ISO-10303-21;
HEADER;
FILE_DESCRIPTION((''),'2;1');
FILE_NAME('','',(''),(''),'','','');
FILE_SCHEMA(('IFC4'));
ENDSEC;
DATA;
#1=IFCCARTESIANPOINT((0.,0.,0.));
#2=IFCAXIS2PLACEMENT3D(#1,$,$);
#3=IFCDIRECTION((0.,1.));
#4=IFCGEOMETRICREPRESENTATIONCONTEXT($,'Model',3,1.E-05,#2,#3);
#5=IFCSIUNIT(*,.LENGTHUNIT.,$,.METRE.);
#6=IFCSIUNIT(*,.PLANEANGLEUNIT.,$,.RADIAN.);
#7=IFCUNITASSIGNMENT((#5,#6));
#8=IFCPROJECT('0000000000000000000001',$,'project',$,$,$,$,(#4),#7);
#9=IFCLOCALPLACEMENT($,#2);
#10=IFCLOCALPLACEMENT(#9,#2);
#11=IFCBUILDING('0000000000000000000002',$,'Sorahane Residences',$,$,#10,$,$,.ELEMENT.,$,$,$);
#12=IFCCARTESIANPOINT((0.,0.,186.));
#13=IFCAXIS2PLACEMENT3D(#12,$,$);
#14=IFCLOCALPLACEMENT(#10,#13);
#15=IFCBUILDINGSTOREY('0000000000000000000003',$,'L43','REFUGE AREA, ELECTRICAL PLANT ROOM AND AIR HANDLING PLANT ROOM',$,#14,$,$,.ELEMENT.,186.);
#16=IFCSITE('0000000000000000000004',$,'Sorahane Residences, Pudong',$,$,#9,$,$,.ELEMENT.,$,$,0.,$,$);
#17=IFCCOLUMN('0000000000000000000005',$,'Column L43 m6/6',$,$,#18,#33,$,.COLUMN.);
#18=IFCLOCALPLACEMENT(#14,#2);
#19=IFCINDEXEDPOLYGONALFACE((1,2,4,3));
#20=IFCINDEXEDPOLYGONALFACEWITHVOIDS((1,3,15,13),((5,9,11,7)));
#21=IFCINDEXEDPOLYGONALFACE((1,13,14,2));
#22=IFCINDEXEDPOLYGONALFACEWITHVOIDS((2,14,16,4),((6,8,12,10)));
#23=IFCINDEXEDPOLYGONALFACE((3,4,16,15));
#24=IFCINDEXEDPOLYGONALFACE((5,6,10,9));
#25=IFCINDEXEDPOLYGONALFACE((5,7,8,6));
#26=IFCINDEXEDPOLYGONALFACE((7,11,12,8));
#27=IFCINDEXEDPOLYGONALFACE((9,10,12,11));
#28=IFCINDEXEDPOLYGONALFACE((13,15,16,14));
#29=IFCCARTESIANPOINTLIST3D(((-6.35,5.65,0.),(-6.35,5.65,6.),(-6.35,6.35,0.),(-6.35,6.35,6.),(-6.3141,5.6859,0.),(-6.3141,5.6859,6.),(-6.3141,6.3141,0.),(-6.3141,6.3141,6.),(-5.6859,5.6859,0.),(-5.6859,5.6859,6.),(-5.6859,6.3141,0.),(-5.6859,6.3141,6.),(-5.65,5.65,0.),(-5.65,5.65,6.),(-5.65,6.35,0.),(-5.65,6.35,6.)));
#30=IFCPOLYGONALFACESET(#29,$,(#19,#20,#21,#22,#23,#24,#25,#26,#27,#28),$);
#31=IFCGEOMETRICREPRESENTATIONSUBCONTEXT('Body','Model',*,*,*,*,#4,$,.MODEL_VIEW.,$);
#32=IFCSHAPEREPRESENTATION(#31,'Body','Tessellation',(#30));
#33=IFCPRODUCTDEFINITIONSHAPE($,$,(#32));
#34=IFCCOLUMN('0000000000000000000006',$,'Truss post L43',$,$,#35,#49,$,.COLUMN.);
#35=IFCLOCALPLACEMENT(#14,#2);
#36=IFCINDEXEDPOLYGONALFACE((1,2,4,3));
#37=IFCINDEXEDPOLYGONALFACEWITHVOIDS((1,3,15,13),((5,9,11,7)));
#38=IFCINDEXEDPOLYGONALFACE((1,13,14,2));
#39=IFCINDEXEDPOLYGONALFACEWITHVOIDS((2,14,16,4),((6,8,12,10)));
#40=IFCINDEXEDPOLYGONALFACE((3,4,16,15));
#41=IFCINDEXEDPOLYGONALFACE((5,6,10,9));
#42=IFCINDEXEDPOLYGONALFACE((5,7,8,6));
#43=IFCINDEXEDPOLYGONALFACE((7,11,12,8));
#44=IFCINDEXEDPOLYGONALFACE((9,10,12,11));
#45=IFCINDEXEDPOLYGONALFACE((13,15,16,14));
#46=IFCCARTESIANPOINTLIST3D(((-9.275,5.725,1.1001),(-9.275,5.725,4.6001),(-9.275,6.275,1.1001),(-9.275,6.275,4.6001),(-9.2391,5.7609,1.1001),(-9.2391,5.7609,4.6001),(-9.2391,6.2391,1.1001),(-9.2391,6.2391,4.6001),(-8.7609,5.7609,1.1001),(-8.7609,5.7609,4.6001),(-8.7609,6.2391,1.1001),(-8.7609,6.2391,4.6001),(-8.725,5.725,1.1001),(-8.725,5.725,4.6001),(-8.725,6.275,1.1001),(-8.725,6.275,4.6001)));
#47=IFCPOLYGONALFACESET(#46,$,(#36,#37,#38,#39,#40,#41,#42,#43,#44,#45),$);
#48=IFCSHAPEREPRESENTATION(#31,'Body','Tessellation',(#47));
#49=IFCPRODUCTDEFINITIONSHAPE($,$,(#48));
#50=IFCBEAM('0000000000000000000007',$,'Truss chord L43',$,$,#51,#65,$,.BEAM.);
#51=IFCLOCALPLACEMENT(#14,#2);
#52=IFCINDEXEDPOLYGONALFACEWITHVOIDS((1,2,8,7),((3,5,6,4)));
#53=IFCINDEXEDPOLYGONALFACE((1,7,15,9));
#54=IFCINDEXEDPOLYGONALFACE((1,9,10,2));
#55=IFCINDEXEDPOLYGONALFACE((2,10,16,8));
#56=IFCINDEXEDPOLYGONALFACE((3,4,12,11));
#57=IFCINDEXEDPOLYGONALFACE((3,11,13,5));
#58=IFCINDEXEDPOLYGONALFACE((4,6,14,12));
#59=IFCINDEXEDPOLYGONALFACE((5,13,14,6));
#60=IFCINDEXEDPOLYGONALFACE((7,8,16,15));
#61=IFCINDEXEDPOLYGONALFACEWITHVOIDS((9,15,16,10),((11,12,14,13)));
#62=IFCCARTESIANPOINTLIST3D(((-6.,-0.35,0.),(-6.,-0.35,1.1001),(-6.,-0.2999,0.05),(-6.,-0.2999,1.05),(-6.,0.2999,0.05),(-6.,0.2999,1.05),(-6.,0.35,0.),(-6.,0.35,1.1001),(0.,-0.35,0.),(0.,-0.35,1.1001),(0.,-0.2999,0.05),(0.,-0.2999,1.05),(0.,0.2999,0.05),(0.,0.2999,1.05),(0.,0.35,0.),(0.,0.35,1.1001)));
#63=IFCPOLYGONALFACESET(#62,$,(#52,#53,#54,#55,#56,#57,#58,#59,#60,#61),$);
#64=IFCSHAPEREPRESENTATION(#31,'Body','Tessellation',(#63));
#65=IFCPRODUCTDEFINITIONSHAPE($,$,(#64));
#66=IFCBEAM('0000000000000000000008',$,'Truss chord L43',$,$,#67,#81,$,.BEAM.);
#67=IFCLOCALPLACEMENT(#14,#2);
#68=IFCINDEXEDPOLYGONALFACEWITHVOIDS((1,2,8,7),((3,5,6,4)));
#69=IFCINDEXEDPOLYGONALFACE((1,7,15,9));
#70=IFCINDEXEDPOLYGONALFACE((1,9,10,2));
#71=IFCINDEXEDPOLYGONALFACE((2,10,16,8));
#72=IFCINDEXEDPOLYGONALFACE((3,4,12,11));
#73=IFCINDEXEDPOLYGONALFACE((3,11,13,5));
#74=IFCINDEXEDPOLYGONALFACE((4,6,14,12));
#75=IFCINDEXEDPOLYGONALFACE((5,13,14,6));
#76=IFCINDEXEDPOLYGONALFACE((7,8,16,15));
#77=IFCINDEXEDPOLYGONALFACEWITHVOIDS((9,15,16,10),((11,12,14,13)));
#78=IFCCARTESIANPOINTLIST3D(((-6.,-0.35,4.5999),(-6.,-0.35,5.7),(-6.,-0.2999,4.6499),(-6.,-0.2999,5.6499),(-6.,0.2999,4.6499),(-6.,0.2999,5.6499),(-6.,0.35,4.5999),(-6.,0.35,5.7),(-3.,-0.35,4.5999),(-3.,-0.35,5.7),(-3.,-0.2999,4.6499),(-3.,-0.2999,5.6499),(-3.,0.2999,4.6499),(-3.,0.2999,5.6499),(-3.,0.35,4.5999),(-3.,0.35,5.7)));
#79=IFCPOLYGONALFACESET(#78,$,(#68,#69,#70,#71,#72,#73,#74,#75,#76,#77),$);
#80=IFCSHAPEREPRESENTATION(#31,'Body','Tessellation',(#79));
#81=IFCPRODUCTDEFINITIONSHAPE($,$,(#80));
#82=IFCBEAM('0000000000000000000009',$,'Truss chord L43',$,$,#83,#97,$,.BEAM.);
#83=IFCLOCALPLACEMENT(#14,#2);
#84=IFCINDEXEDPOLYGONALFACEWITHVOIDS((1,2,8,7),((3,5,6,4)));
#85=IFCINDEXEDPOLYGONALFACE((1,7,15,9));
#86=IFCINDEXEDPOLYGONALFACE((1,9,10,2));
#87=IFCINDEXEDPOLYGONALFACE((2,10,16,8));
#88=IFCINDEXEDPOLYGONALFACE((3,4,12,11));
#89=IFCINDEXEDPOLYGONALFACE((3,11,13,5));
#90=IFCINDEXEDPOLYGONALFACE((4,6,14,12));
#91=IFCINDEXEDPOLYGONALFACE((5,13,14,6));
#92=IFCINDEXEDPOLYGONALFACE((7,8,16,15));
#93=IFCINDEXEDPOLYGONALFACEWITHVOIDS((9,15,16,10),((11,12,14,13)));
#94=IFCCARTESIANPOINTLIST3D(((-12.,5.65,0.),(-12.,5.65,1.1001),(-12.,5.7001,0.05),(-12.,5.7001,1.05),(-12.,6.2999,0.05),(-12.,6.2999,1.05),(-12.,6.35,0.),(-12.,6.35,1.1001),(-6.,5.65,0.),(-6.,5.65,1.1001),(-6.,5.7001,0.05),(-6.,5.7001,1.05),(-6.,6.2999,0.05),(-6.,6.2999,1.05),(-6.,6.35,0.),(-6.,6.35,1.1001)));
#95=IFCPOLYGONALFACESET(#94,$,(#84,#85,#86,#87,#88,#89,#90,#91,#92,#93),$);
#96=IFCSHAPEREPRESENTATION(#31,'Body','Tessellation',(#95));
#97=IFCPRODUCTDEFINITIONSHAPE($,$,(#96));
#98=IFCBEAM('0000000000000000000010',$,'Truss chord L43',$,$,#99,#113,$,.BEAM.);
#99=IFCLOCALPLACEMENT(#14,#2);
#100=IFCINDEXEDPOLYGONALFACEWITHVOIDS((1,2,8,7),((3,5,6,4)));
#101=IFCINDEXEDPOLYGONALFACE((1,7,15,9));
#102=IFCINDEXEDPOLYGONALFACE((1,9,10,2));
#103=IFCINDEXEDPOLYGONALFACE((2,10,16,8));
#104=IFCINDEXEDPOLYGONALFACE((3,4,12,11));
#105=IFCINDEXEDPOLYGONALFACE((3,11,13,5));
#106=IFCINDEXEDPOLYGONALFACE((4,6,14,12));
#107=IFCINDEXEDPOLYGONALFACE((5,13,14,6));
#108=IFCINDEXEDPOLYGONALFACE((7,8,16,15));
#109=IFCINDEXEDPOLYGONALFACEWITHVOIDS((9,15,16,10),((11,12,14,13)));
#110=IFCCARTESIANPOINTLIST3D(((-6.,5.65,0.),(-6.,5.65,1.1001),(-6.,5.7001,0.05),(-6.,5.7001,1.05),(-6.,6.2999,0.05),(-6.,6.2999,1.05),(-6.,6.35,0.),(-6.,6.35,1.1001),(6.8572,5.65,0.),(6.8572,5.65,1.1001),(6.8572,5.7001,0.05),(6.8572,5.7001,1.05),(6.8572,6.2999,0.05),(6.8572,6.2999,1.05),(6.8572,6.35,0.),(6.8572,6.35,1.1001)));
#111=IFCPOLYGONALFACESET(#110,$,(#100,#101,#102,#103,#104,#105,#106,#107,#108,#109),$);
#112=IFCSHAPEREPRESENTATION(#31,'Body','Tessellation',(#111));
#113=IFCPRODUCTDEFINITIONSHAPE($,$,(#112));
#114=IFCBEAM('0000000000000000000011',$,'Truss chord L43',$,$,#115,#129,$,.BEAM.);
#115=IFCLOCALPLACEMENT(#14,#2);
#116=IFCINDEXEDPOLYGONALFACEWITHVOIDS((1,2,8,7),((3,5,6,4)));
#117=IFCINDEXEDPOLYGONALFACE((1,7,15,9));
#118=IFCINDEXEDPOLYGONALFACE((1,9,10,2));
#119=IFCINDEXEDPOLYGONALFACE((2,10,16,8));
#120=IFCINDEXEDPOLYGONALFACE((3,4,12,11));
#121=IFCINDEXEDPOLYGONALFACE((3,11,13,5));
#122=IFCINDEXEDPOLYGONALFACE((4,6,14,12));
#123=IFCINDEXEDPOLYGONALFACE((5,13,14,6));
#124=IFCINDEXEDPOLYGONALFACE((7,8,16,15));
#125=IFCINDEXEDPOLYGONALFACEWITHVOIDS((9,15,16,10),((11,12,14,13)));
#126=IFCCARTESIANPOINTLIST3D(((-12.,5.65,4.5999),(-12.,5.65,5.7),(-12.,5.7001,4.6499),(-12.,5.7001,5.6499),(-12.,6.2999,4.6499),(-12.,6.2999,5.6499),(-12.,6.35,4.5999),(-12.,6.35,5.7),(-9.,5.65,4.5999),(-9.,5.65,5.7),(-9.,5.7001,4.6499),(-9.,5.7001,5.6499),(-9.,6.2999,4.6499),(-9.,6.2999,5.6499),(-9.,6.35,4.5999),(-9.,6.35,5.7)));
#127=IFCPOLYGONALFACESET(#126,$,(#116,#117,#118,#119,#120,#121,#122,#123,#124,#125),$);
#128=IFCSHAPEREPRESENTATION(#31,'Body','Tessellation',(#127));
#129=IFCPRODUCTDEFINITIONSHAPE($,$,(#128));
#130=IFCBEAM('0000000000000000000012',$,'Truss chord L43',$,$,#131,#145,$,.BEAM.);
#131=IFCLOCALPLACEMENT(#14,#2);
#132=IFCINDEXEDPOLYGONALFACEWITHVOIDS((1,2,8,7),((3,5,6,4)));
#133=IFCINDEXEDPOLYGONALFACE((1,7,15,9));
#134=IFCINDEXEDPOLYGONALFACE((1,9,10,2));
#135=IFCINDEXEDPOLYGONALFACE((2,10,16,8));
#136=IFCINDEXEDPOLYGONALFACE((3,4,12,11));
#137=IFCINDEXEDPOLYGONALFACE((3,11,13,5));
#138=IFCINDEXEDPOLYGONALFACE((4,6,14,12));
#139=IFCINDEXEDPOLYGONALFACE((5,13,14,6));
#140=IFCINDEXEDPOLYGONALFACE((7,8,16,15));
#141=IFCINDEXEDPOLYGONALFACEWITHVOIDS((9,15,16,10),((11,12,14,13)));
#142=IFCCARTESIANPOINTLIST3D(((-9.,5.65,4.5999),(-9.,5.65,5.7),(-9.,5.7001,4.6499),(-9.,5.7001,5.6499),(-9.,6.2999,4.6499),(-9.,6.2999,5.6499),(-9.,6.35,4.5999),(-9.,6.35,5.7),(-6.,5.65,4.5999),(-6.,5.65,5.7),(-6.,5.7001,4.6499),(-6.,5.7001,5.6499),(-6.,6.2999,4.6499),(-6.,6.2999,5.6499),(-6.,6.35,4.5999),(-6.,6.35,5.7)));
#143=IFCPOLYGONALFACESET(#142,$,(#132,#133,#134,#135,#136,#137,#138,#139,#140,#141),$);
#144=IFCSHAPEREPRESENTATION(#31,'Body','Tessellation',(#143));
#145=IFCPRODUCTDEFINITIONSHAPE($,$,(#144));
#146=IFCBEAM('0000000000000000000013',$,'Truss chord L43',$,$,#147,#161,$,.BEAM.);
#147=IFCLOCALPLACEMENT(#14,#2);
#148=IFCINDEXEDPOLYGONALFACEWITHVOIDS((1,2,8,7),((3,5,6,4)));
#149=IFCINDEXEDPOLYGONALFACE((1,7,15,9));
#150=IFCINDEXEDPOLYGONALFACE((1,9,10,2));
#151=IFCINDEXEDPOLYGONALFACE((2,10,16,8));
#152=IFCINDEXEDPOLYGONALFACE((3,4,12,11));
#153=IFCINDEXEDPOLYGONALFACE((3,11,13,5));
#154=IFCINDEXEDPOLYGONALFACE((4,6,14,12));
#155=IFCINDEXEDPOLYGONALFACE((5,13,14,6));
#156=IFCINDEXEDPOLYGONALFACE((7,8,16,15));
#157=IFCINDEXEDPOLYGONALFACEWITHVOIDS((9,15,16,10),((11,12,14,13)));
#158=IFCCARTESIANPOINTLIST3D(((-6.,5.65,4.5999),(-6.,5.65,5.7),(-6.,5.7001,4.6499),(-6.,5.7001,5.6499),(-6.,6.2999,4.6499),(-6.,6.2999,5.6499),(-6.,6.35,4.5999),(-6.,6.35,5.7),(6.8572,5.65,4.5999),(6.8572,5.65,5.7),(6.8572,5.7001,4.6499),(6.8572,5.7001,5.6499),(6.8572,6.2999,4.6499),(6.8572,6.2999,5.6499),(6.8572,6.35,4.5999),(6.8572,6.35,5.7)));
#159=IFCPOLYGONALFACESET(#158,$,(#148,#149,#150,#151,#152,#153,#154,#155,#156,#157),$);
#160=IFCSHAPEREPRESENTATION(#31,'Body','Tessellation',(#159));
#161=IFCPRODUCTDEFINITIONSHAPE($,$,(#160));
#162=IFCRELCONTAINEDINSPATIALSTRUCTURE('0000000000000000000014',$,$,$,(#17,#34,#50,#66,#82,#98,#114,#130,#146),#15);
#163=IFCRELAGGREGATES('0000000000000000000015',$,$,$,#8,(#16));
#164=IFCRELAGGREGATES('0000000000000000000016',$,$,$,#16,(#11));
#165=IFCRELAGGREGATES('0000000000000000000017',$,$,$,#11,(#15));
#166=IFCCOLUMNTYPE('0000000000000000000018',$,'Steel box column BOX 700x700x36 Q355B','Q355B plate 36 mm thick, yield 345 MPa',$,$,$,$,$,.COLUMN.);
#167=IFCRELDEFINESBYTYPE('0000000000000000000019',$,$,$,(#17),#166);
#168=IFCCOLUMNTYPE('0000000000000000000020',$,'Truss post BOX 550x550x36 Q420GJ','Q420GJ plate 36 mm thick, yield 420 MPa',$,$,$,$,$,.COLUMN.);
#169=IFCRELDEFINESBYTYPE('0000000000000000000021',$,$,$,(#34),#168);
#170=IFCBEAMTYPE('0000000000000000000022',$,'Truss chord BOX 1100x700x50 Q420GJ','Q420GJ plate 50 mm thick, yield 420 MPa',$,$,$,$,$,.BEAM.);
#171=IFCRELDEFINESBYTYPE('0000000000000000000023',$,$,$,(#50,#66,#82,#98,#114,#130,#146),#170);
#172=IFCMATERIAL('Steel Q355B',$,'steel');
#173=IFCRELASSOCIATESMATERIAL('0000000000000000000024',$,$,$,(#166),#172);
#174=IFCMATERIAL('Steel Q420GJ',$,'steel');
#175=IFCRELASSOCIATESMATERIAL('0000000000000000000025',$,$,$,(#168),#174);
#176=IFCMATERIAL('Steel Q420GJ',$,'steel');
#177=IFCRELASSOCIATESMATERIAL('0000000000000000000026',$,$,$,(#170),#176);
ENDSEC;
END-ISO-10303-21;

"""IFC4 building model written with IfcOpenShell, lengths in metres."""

from ifc_helpers import new_model, si_unit, direction, frame, origin, origin_2d, place, context, subcontext, project, spatial, hollow_rectangle, extrude, material, material_profile, profile_set, type_object, element, save


model = new_model("IFC4")

# Units and contexts
model_context = context("Model", 3, precision=1e-05, world=origin(), true_north=direction((0.0, 1.0)))
body_context = subcontext(model_context, "Body", "Model", "MODEL_VIEW")
ifc_project = project(units=[si_unit("LENGTHUNIT", "METRE"), si_unit("PLANEANGLEUNIT", "RADIAN")], contexts=[model_context])

# Site, building, storey
site_placement = place(None, origin())
site = spatial("IfcSite", under=ifc_project, at=site_placement, Name="Sorahane Residences, Pudong", CompositionType="ELEMENT", RefElevation=0.0)
building_placement = place(site_placement, origin())
building = spatial("IfcBuilding", under=site, at=building_placement, Name="Sorahane Residences", CompositionType="ELEMENT")
storey_placement = place(building_placement, frame((0.0, 0.0, 186.0)))
storey = spatial("IfcBuildingStorey", under=building, at=storey_placement, Name="L43", Description="REFUGE AREA, ELECTRICAL PLANT ROOM AND AIR HANDLING PLANT ROOM", CompositionType="ELEMENT", Elevation=186.0)

# Columns
ifc_material_1 = material(Name="Steel Q355B", Category="steel")
ifc_material_profile_1 = material_profile(ifc_material_1, hollow_rectangle(XDim=0.7, YDim=0.7, WallThickness=0.0359, at=origin_2d()), Name="BOX 700x700x36")
ifc_profile_set_1 = profile_set([ifc_material_profile_1], Name="Steel Q355B")
column_type_1 = type_object("IfcColumnType", Name="Steel box column BOX 700x700x36 Q355B", Description="Q355B plate 36 mm thick, yield 345 MPa", PredefinedType="COLUMN", material=ifc_profile_set_1)
column_1_placement = place(storey_placement, frame((-6.0, 6.0, 0.0), z_axis=(0.0, 0.0, 1.0), x_axis=(1.0, 0.0, 0.0)))
element("IfcColumn", 1, at=column_1_placement, inside=storey, type_object=column_type_1, Name="Column L43 m6/6", PredefinedType="COLUMN", context=body_context, shape_type="SweptSolid", body=[
    extrude(hollow_rectangle(XDim=0.7, YDim=0.7, WallThickness=0.0359, at=origin_2d()), origin(), (0.0, 0.0, 1.0), 6.0),
])
ifc_material_2 = material(Name="Steel Q420GJ", Category="steel")
ifc_material_profile_2 = material_profile(ifc_material_2, hollow_rectangle(XDim=0.55, YDim=0.55, WallThickness=0.0359, at=origin_2d()), Name="BOX 550x550x36")
ifc_profile_set_2 = profile_set([ifc_material_profile_2], Name="Steel Q420GJ")
column_type_2 = type_object("IfcColumnType", Name="Truss post BOX 550x550x36 Q420GJ", Description="Q420GJ plate 36 mm thick, yield 420 MPa", PredefinedType="COLUMN", material=ifc_profile_set_2)
column_2_placement = place(storey_placement, frame((-9.0, 6.0, 1.1001), z_axis=(0.0, 0.0, 1.0), x_axis=(1.0, 0.0, 0.0)))
element("IfcColumn", 2, at=column_2_placement, inside=storey, type_object=column_type_2, Name="Truss post L43", PredefinedType="COLUMN", context=body_context, shape_type="SweptSolid", body=[
    extrude(hollow_rectangle(XDim=0.55, YDim=0.55, WallThickness=0.0359, at=origin_2d()), origin(), (0.0, 0.0, 1.0), 3.5),
])

# Beams
ifc_material_3 = material(Name="Steel Q420GJ", Category="steel")
ifc_material_profile_3 = material_profile(ifc_material_3, hollow_rectangle(XDim=0.7, YDim=1.1001, WallThickness=0.05, at=origin_2d()), Name="BOX 1100x700x50")
ifc_profile_set_3 = profile_set([ifc_material_profile_3], Name="Steel Q420GJ")
beam_type = type_object("IfcBeamType", Name="Truss chord BOX 1100x700x50 Q420GJ", Description="Q420GJ plate 50 mm thick, yield 420 MPa", PredefinedType="BEAM", material=ifc_profile_set_3)
beam_1_placement = place(storey_placement, frame((-6.0, 0.0, 0.55), z_axis=(1.0, 0.0, 0.0), x_axis=(0.0, 1.0, 0.0)))
element("IfcBeam", 3, at=beam_1_placement, inside=storey, type_object=beam_type, Name="Truss chord L43", PredefinedType="BEAM", context=body_context, shape_type="SweptSolid", body=[
    extrude(hollow_rectangle(XDim=0.7, YDim=1.1001, WallThickness=0.05, at=origin_2d()), origin(), (0.0, 0.0, 1.0), 6.0),
])
beam_2_placement = place(storey_placement, frame((-6.0, 0.0, 5.1499), z_axis=(1.0, 0.0, 0.0), x_axis=(0.0, 1.0, 0.0)))
element("IfcBeam", 4, at=beam_2_placement, inside=storey, type_object=beam_type, Name="Truss chord L43", PredefinedType="BEAM", context=body_context, shape_type="SweptSolid", body=[
    extrude(hollow_rectangle(XDim=0.7, YDim=1.1001, WallThickness=0.05, at=origin_2d()), origin(), (0.0, 0.0, 1.0), 3.0),
])
beam_3_placement = place(storey_placement, frame((-12.0, 6.0, 0.55), z_axis=(1.0, 0.0, 0.0), x_axis=(0.0, 1.0, 0.0)))
element("IfcBeam", 5, at=beam_3_placement, inside=storey, type_object=beam_type, Name="Truss chord L43", PredefinedType="BEAM", context=body_context, shape_type="SweptSolid", body=[
    extrude(hollow_rectangle(XDim=0.7, YDim=1.1001, WallThickness=0.05, at=origin_2d()), origin(), (0.0, 0.0, 1.0), 6.0),
])
beam_4_placement = place(storey_placement, frame((-6.0, 6.0, 0.55), z_axis=(1.0, 0.0, 0.0), x_axis=(0.0, 1.0, 0.0)))
element("IfcBeam", 6, at=beam_4_placement, inside=storey, type_object=beam_type, Name="Truss chord L43", PredefinedType="BEAM", context=body_context, shape_type="SweptSolid", body=[
    extrude(hollow_rectangle(XDim=0.7, YDim=1.1001, WallThickness=0.05, at=origin_2d()), origin(), (0.0, 0.0, 1.0), 12.8572),
])
for number, where, z_axis, x_axis, name in (
    (7, (-12.0, 6.0, 5.1499), (1.0, 0.0, 0.0), (0.0, 1.0, 0.0), "Truss chord L43"),
    (8, (-9.0, 6.0, 5.1499), (1.0, 0.0, 0.0), (0.0, 1.0, 0.0), "Truss chord L43"),
):
    element("IfcBeam", number, at=place(storey_placement, frame(where, z_axis=z_axis, x_axis=x_axis)), inside=storey, type_object=beam_type, Name=name, PredefinedType="BEAM", context=body_context, shape_type="SweptSolid", body=[
        extrude(hollow_rectangle(XDim=0.7, YDim=1.1001, WallThickness=0.05, at=origin_2d()), origin(), (0.0, 0.0, 1.0), 3.0),
    ])
beam_5_placement = place(storey_placement, frame((-6.0, 6.0, 5.1499), z_axis=(1.0, 0.0, 0.0), x_axis=(0.0, 1.0, 0.0)))
element("IfcBeam", 9, at=beam_5_placement, inside=storey, type_object=beam_type, Name="Truss chord L43", PredefinedType="BEAM", context=body_context, shape_type="SweptSolid", body=[
    extrude(hollow_rectangle(XDim=0.7, YDim=1.1001, WallThickness=0.05, at=origin_2d()), origin(), (0.0, 0.0, 1.0), 12.8572),
])

save(model, "model.ifc")
